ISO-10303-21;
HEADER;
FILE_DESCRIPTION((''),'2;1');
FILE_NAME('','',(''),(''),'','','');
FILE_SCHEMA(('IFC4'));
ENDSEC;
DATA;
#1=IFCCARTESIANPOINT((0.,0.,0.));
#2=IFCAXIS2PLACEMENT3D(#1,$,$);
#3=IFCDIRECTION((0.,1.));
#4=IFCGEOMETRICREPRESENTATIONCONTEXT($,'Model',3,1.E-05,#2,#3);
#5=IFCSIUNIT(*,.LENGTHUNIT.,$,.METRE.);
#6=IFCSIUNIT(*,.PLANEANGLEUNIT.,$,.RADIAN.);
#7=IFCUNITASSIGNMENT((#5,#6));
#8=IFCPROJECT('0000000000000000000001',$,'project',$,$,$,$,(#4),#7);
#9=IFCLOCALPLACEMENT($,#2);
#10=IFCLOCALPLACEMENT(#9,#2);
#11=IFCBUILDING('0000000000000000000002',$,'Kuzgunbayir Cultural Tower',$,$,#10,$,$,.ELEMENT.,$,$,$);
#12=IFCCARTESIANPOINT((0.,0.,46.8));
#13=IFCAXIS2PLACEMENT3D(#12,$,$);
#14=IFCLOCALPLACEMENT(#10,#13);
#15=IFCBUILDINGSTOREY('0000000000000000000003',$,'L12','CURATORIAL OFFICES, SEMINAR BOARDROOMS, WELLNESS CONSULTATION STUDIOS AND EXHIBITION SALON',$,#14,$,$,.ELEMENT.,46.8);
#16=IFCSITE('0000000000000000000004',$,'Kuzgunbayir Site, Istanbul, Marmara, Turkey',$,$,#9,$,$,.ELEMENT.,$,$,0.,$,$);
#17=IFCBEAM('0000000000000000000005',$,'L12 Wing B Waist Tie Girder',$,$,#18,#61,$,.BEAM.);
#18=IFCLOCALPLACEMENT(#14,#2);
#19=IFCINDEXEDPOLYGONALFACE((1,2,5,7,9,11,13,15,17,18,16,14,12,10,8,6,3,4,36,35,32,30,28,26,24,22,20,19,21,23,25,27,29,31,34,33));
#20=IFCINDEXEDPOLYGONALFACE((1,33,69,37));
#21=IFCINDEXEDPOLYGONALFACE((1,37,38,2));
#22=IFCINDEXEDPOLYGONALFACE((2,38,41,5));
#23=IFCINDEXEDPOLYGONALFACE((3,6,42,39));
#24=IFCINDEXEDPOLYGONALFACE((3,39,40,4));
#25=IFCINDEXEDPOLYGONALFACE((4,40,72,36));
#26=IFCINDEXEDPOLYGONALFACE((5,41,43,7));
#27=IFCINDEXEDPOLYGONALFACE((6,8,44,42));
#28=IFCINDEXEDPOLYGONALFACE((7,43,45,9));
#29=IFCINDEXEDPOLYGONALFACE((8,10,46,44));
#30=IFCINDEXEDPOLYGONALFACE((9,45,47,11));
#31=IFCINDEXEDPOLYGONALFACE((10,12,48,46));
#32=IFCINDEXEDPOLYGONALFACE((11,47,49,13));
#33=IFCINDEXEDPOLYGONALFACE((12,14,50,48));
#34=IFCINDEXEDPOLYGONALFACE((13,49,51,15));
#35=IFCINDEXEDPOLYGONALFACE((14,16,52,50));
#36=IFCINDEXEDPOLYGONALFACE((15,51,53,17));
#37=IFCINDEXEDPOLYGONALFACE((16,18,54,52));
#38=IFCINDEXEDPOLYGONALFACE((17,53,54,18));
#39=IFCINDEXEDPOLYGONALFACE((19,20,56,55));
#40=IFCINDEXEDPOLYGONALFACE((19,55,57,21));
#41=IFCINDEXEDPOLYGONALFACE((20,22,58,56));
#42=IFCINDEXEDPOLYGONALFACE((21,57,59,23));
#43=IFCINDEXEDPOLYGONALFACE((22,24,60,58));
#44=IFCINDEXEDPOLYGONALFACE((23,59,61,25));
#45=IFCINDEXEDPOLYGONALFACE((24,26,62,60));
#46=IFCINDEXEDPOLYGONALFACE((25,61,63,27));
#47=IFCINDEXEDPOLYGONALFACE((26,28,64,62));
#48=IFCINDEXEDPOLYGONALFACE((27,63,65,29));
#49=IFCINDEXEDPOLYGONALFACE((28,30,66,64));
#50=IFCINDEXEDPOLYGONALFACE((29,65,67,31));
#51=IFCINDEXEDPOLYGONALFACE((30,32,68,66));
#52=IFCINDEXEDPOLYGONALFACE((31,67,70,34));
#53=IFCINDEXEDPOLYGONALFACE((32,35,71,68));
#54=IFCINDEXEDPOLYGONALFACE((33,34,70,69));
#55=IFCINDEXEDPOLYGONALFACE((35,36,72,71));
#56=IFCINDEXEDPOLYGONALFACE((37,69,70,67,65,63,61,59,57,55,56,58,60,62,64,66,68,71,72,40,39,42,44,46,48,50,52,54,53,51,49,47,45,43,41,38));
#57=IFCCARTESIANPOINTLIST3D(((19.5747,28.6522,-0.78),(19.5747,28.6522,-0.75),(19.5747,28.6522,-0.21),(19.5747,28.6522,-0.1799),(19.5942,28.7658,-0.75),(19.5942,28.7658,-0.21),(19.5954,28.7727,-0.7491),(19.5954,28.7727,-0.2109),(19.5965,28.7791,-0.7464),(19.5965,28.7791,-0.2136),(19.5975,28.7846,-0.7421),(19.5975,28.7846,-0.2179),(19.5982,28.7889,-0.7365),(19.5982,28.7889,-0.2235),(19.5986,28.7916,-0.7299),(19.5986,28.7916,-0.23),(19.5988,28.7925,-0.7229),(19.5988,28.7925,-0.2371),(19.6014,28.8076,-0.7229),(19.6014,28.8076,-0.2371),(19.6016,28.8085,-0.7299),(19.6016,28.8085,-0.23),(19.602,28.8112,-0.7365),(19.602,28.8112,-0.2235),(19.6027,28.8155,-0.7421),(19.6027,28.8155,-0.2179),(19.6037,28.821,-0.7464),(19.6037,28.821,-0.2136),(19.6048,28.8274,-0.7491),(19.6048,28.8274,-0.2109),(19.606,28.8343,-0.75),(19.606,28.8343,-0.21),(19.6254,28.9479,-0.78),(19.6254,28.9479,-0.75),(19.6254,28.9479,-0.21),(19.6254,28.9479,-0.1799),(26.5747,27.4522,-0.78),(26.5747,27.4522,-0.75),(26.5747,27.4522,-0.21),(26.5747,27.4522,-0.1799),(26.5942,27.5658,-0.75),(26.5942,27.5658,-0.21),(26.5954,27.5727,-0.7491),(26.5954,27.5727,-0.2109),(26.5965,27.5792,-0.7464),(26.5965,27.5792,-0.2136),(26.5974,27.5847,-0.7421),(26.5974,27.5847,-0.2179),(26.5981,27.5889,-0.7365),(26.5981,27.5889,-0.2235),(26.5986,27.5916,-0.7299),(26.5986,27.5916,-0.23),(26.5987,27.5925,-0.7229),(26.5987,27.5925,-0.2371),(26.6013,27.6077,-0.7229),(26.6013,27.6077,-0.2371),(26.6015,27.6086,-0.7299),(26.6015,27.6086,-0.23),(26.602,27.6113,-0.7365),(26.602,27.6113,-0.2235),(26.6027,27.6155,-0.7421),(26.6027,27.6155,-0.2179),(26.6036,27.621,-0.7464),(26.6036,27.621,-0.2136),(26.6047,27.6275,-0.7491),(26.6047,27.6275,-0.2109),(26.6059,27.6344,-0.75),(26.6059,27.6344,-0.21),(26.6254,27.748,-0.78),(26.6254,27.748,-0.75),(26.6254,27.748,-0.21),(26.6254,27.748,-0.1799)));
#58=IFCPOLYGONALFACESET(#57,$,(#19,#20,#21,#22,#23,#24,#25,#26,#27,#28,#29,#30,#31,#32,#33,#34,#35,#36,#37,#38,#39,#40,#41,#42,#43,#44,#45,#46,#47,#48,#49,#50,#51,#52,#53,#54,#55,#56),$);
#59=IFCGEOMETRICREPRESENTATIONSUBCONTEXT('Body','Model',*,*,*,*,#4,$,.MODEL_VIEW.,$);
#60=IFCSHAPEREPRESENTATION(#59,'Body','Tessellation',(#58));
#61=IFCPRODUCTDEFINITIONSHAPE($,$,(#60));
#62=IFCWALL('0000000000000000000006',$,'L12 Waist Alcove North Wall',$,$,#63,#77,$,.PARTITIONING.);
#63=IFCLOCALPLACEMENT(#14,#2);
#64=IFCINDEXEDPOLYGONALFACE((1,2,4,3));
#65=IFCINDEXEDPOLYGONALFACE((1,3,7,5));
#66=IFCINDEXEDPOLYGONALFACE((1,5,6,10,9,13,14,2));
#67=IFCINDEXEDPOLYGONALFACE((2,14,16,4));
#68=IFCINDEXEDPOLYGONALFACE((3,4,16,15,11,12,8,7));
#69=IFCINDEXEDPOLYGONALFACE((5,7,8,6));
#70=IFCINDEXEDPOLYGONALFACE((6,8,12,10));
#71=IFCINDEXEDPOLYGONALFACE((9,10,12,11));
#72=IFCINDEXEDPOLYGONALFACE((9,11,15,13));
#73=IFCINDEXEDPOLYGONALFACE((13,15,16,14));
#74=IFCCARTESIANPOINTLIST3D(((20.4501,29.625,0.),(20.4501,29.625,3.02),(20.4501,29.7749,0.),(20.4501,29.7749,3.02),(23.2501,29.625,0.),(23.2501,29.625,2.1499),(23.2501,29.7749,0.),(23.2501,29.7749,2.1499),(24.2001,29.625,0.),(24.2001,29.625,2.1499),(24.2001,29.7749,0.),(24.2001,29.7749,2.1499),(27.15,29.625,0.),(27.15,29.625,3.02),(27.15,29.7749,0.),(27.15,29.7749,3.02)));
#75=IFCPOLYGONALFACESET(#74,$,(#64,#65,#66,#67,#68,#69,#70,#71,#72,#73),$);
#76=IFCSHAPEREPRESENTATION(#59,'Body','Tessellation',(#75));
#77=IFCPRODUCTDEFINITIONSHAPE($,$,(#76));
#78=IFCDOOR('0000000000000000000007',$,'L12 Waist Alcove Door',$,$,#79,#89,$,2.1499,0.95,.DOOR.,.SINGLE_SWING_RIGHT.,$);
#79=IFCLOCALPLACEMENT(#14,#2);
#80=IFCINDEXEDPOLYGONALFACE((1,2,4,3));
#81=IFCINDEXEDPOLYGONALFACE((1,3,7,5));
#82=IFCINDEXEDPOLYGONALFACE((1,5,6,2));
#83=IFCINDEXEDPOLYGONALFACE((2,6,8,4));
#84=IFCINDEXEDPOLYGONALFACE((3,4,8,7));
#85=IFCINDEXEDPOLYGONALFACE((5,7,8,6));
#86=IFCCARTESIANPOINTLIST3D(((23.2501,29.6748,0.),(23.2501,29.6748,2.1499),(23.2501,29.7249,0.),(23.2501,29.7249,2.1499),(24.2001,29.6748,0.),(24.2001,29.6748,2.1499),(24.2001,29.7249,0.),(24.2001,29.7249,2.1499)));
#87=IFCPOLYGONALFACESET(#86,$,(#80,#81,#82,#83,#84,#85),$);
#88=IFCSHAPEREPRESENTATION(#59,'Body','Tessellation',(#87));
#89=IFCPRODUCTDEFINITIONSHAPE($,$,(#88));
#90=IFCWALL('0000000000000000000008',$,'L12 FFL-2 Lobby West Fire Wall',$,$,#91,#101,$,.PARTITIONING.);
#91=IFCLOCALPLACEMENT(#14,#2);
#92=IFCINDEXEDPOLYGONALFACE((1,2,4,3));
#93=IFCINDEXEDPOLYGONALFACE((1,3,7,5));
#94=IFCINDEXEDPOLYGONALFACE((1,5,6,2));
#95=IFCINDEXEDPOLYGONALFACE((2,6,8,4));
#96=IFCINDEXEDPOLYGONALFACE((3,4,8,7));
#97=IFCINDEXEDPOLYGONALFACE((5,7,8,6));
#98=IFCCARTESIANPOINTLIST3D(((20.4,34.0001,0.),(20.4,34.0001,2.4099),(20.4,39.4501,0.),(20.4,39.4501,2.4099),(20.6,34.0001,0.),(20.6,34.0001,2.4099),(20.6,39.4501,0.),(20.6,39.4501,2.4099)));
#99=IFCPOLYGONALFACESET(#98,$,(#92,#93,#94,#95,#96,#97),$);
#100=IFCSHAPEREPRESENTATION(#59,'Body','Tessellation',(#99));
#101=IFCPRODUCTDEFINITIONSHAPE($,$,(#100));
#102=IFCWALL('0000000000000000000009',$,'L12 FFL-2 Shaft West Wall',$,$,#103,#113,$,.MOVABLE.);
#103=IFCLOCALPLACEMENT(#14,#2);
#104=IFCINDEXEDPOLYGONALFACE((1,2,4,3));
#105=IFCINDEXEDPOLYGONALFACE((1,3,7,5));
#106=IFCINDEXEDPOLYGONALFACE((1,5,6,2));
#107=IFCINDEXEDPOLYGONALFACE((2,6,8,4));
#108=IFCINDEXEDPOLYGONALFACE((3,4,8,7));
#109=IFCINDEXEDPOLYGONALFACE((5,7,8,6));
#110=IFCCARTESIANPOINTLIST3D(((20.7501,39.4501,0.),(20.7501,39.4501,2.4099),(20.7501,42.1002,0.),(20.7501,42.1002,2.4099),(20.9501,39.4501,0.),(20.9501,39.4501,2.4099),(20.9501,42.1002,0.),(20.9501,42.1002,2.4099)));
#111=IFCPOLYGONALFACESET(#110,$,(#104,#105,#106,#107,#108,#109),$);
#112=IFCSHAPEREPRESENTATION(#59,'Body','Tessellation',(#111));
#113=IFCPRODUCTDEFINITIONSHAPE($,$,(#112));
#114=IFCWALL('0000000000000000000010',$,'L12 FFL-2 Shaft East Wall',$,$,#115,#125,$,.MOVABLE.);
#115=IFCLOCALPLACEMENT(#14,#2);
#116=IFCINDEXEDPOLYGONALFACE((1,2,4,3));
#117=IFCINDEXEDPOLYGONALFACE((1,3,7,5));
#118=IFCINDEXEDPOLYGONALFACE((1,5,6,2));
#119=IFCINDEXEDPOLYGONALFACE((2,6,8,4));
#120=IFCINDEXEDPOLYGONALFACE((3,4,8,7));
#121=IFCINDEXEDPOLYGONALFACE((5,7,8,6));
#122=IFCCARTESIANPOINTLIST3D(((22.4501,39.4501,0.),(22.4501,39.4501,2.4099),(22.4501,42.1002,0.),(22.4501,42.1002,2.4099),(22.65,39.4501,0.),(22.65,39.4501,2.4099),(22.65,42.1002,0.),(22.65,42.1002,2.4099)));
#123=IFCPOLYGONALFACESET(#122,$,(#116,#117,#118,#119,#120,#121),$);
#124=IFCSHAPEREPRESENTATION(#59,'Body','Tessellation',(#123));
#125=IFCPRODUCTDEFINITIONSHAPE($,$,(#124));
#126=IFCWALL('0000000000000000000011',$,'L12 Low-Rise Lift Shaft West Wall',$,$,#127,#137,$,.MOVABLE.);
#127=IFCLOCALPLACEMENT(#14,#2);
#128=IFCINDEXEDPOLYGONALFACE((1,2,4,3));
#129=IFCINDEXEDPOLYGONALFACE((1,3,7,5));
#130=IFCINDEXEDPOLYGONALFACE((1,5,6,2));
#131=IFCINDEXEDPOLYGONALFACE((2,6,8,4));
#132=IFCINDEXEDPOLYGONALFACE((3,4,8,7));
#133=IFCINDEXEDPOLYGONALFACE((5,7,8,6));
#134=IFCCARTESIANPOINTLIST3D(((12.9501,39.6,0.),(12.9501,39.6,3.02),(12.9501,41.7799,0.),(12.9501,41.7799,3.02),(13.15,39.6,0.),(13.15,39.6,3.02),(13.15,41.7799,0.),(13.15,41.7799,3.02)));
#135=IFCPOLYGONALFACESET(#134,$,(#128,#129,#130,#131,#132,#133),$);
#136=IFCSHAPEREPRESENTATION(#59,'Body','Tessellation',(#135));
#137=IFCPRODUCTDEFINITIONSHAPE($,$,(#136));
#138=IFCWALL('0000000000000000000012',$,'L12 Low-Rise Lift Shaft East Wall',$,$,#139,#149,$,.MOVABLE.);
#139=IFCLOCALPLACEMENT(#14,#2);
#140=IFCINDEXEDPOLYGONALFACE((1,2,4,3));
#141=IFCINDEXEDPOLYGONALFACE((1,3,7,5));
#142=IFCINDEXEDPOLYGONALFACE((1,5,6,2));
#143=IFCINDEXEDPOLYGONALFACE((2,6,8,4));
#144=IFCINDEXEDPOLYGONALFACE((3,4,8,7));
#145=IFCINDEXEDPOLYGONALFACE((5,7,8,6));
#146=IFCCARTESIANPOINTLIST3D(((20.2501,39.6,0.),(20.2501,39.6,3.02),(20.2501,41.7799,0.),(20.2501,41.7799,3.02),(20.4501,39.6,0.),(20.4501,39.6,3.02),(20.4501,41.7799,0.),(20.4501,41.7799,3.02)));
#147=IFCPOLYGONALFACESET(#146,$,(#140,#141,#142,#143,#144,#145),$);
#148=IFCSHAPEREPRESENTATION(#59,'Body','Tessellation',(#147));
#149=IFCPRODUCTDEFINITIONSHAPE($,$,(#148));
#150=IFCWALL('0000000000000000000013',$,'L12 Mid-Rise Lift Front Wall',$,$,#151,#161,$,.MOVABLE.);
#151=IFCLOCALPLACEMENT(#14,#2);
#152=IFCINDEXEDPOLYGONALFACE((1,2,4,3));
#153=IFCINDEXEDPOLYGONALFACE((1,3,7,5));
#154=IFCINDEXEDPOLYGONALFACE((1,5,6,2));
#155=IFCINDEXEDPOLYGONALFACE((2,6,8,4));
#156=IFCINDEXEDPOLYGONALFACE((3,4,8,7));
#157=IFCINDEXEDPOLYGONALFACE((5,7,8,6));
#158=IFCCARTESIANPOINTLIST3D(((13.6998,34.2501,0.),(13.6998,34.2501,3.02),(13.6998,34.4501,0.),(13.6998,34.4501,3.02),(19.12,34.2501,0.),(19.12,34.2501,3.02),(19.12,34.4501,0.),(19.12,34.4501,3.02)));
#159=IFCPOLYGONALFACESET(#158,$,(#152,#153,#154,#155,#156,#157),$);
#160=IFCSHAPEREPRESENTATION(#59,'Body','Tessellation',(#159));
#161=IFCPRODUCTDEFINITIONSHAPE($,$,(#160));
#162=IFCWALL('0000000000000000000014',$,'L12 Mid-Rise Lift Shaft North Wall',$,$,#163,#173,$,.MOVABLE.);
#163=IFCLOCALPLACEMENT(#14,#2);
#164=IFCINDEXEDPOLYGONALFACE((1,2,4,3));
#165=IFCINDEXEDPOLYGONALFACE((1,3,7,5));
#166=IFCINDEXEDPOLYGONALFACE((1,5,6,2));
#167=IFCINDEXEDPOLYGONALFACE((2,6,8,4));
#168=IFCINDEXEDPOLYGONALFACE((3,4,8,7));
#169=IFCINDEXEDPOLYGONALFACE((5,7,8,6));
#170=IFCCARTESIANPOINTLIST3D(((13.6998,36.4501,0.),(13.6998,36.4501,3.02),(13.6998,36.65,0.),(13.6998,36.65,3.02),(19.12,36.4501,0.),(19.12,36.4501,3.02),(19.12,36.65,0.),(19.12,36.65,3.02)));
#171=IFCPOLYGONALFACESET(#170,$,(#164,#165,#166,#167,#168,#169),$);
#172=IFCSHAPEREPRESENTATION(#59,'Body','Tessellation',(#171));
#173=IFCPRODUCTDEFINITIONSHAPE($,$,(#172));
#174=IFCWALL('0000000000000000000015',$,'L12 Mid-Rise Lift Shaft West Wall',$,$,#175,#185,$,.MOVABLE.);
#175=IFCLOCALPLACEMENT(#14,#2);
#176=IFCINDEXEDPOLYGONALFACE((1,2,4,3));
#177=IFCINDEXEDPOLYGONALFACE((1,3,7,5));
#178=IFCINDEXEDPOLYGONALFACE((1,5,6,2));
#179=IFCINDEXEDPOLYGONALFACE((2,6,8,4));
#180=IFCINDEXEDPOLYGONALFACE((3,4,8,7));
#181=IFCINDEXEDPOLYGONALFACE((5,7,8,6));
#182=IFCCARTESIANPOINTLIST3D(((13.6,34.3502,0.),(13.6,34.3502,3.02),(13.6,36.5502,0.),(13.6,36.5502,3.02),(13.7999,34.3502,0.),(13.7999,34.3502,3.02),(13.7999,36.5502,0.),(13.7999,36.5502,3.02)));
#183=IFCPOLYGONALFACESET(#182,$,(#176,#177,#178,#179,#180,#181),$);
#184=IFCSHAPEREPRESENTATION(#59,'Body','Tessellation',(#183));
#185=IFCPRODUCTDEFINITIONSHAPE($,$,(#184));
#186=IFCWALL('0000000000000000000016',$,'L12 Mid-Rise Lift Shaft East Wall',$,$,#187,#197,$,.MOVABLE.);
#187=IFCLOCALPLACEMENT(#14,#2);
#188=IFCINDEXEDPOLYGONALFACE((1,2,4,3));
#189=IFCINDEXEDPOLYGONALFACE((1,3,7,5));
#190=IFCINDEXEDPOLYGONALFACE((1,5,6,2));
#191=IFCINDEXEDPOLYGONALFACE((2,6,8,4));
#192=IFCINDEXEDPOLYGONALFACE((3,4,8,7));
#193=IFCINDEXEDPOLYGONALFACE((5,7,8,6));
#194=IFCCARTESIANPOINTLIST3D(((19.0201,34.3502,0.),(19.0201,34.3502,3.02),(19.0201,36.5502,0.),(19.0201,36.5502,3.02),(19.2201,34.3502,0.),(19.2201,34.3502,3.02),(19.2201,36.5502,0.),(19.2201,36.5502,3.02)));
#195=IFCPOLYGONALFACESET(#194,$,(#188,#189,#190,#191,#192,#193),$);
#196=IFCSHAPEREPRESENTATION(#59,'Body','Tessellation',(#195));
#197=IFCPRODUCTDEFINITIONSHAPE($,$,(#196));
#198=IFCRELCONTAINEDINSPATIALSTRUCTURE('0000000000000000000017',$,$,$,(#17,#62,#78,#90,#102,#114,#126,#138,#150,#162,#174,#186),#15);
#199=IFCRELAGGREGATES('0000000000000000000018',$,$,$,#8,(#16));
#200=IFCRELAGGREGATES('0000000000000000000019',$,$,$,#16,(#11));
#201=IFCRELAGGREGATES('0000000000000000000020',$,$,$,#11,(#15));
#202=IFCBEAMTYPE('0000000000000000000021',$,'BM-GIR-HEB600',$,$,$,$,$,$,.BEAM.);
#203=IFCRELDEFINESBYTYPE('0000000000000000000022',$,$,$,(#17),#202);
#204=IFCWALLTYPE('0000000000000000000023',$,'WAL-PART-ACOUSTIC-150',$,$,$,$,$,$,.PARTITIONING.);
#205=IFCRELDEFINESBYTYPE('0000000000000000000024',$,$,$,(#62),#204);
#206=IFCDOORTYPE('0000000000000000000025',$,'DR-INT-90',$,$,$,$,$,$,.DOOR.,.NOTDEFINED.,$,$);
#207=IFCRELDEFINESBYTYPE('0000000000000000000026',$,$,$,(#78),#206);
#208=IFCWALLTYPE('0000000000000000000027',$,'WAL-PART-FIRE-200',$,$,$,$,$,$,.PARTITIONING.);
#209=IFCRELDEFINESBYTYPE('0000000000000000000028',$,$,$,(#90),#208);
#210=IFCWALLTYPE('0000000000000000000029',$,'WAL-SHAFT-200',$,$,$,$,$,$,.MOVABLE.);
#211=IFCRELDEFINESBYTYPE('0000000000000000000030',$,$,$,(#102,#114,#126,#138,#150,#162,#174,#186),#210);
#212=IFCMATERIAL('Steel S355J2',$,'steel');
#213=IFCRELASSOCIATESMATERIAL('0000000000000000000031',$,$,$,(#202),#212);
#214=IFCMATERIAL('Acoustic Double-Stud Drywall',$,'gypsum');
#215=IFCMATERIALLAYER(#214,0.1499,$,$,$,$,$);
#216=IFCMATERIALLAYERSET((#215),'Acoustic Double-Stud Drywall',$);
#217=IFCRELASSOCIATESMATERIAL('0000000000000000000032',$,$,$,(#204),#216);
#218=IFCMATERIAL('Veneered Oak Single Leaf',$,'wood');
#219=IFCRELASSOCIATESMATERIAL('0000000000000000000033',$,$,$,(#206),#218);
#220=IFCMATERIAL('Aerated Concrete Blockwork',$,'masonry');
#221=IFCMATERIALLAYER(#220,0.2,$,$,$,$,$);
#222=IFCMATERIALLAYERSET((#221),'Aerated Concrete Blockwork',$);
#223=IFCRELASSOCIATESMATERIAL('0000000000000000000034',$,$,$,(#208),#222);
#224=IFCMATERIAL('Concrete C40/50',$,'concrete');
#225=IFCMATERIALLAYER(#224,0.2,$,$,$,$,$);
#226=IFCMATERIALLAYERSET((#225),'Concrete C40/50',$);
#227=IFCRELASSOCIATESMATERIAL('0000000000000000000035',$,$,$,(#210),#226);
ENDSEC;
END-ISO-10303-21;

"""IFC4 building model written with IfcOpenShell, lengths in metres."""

from ifc_helpers import new_model, si_unit, direction, frame, frame_2d, origin, origin_2d, place, context, subcontext, project, spatial, rectangle, i_section, extrude, material, layer, layer_set, material_profile, profile_set, type_object, element, fill, save


model = new_model("IFC4")

# Units and contexts
model_context = context("Model", 3, precision=1e-05, world=origin(), true_north=direction((0.0, 1.0)))
body_context = subcontext(model_context, "Body", "Model", "MODEL_VIEW")
ifc_project = project(units=[si_unit("LENGTHUNIT", "METRE"), si_unit("PLANEANGLEUNIT", "RADIAN")], contexts=[model_context])

# Site, building, storey
site_placement = place(None, origin())
site = spatial("IfcSite", under=ifc_project, at=site_placement, Name="Kuzgunbayir Site, Istanbul, Marmara, Turkey", CompositionType="ELEMENT", RefElevation=0.0)
building_placement = place(site_placement, origin())
building = spatial("IfcBuilding", under=site, at=building_placement, Name="Kuzgunbayir Cultural Tower", CompositionType="ELEMENT")
storey_placement = place(building_placement, frame((0.0, 0.0, 46.8)))
storey = spatial("IfcBuildingStorey", under=building, at=storey_placement, Name="L12", Description="CURATORIAL OFFICES, SEMINAR BOARDROOMS, WELLNESS CONSULTATION STUDIOS AND EXHIBITION SALON", CompositionType="ELEMENT", Elevation=46.8)

# Beam
ifc_material_1 = material(Name="Steel S355J2", Category="steel")
ifc_material_profile_1 = material_profile(ifc_material_1, i_section(OverallWidth=0.3, OverallDepth=0.6001, WebThickness=0.0154, FlangeThickness=0.03, FilletRadius=0.0271, at=origin_2d()), Name="HEB 600")
ifc_profile_set_1 = profile_set([ifc_material_profile_1], Name="Steel S355J2")
beam_type = type_object("IfcBeamType", Name="BM-GIR-HEB600", PredefinedType="BEAM", material=ifc_profile_set_1)
beam_1_placement = place(storey_placement, frame((19.6001, 28.8, -0.48), z_axis=(0.985623, -0.168957, 0.0), x_axis=(0.168957, 0.985623, 0.0)))
element("IfcBeam", 1, at=beam_1_placement, inside=storey, type_object=beam_type, Name="L12 Wing B Waist Tie Girder", PredefinedType="BEAM", context=body_context, shape_type="SweptSolid", body=[
    extrude(i_section(OverallWidth=0.3, OverallDepth=0.6001, WebThickness=0.0154, FlangeThickness=0.03, FilletRadius=0.0271, at=origin_2d()), origin(), (0.0, 0.0, 1.0), 7.1021),
])

# Wall, opening, door
ifc_material_2 = material(Name="Acoustic Double-Stud Drywall", Category="gypsum")
ifc_layer_1 = layer(ifc_material_2, 0.1499)
ifc_layer_set_1 = layer_set([ifc_layer_1], Name="Acoustic Double-Stud Drywall")
wall_type_1 = type_object("IfcWallType", Name="WAL-PART-ACOUSTIC-150", PredefinedType="PARTITIONING", material=ifc_layer_set_1)
wall_1_placement = place(storey_placement, frame((20.45, 29.7, 0.0), z_axis=(0.0, 0.0, 1.0), x_axis=(1.0, 0.0, 0.0)))
wall_1 = element("IfcWall", 2, at=wall_1_placement, inside=storey, type_object=wall_type_1, Name="L12 Waist Alcove North Wall", PredefinedType="PARTITIONING", context=body_context, shape_type="SweptSolid", body=[
    extrude(rectangle(XDim=6.7, YDim=0.1499, at=frame_2d((3.3501, 0.0))), origin(), (0.0, 0.0, 1.0), 3.02),
])
opening_1_placement = place(wall_1_placement, frame((2.8, 0.0, 0.0)))
opening_1 = element("IfcOpeningElement", 3, at=opening_1_placement, cuts=wall_1, PredefinedType="OPENING", context=body_context, shape_type="SweptSolid", body=[
    extrude(rectangle(XDim=0.95, YDim=2.1499, at=frame_2d((0.4751, 1.075))), frame((0.0, 0.085, 0.0), z_axis=(0.0, -1.0, 0.0), x_axis=(1.0, 0.0, 0.0)), (0.0, 0.0, 1.0), 0.1699),
])
ifc_material_3 = material(Name="Veneered Oak Single Leaf", Category="wood")
door_type_1 = type_object("IfcDoorType", Name="DR-INT-90", OperationType="NOTDEFINED", PredefinedType="DOOR", material=ifc_material_3)
door_1_placement = place(opening_1_placement, origin())
door_1 = element("IfcDoor", 4, at=door_1_placement, inside=storey, type_object=door_type_1, Name="L12 Waist Alcove Door", OperationType="SINGLE_SWING_RIGHT", OverallHeight=2.1499, OverallWidth=0.95, PredefinedType="DOOR", context=body_context, shape_type="SweptSolid", body=[
    extrude(rectangle(XDim=0.95, YDim=2.1499, at=frame_2d((0.4751, 1.075))), frame((0.0, 0.0249, 0.0), z_axis=(0.0, -1.0, 0.0), x_axis=(1.0, 0.0, 0.0)), (0.0, 0.0, 1.0), 0.05),
])
fill(opening_1, door_1)

# Wall
ifc_material_4 = material(Name="Aerated Concrete Blockwork", Category="masonry")
ifc_layer_2 = layer(ifc_material_4, 0.2)
ifc_layer_set_2 = layer_set([ifc_layer_2], Name="Aerated Concrete Blockwork")
wall_type_2 = type_object("IfcWallType", Name="WAL-PART-FIRE-200", PredefinedType="PARTITIONING", material=ifc_layer_set_2)
wall_2_placement = place(storey_placement, frame((20.5, 34.0, 0.0), z_axis=(0.0, 0.0, 1.0), x_axis=(0.0, 1.0, 0.0)))
element("IfcWall", 5, at=wall_2_placement, inside=storey, type_object=wall_type_2, Name="L12 FFL-2 Lobby West Fire Wall", PredefinedType="PARTITIONING", context=body_context, shape_type="SweptSolid", body=[
    extrude(rectangle(XDim=5.45, YDim=0.2, at=frame_2d((2.7251, 0.0))), origin(), (0.0, 0.0, 1.0), 2.4099),
])

# Shared definitions
ifc_material_5 = material(Name="Concrete C40/50", Category="concrete")
ifc_layer_3 = layer(ifc_material_5, 0.2)
ifc_layer_set_3 = layer_set([ifc_layer_3], Name="Concrete C40/50")
wall_type_3 = type_object("IfcWallType", Name="WAL-SHAFT-200", PredefinedType="MOVABLE", material=ifc_layer_set_3)

# Walls
for number, where, z_axis, x_axis, name in (
    (6, (20.8501, 39.45, 0.0), (0.0, 0.0, 1.0), (0.0, 1.0, 0.0), "L12 FFL-2 Shaft West Wall"),
    (7, (22.55, 39.45, 0.0), (0.0, 0.0, 1.0), (0.0, 1.0, 0.0), "L12 FFL-2 Shaft East Wall"),
):
    element("IfcWall", number, at=place(storey_placement, frame(where, z_axis=z_axis, x_axis=x_axis)), inside=storey, type_object=wall_type_3, Name=name, PredefinedType="MOVABLE", context=body_context, shape_type="SweptSolid", body=[
        extrude(rectangle(XDim=2.6501, YDim=0.2, at=frame_2d((1.3252, 0.0))), origin(), (0.0, 0.0, 1.0), 2.4099),
    ])
for number, where, z_axis, x_axis, name in (
    (8, (13.05, 39.6001, 0.0), (0.0, 0.0, 1.0), (0.0, 1.0, 0.0), "L12 Low-Rise Lift Shaft West Wall"),
    (9, (20.3501, 39.6001, 0.0), (0.0, 0.0, 1.0), (0.0, 1.0, 0.0), "L12 Low-Rise Lift Shaft East Wall"),
):
    element("IfcWall", number, at=place(storey_placement, frame(where, z_axis=z_axis, x_axis=x_axis)), inside=storey, type_object=wall_type_3, Name=name, PredefinedType="MOVABLE", context=body_context, shape_type="SweptSolid", body=[
        extrude(rectangle(XDim=2.1799, YDim=0.2, at=frame_2d((1.0898, 0.0))), origin(), (0.0, 0.0, 1.0), 3.02),
    ])
for number, where, z_axis, x_axis, name in (
    (10, (13.7, 34.3501, 0.0), (0.0, 0.0, 1.0), (1.0, 0.0, 0.0), "L12 Mid-Rise Lift Front Wall"),
    (11, (13.7, 36.55, 0.0), (0.0, 0.0, 1.0), (1.0, 0.0, 0.0), "L12 Mid-Rise Lift Shaft North Wall"),
):
    element("IfcWall", number, at=place(storey_placement, frame(where, z_axis=z_axis, x_axis=x_axis)), inside=storey, type_object=wall_type_3, Name=name, PredefinedType="MOVABLE", context=body_context, shape_type="SweptSolid", body=[
        extrude(rectangle(XDim=5.4202, YDim=0.2, at=frame_2d((2.71, 0.0))), origin(), (0.0, 0.0, 1.0), 3.02),
    ])
for number, where, z_axis, x_axis, name in (
    (12, (13.7, 34.3501, 0.0), (0.0, 0.0, 1.0), (0.0, 1.0, 0.0), "L12 Mid-Rise Lift Shaft West Wall"),
    (13, (19.1201, 34.3501, 0.0), (0.0, 0.0, 1.0), (0.0, 1.0, 0.0), "L12 Mid-Rise Lift Shaft East Wall"),
):
    element("IfcWall", number, at=place(storey_placement, frame(where, z_axis=z_axis, x_axis=x_axis)), inside=storey, type_object=wall_type_3, Name=name, PredefinedType="MOVABLE", context=body_context, shape_type="SweptSolid", body=[
        extrude(rectangle(XDim=2.2, YDim=0.2, at=frame_2d((1.1001, 0.0))), origin(), (0.0, 0.0, 1.0), 3.02),
    ])

save(model, "model.ifc")
